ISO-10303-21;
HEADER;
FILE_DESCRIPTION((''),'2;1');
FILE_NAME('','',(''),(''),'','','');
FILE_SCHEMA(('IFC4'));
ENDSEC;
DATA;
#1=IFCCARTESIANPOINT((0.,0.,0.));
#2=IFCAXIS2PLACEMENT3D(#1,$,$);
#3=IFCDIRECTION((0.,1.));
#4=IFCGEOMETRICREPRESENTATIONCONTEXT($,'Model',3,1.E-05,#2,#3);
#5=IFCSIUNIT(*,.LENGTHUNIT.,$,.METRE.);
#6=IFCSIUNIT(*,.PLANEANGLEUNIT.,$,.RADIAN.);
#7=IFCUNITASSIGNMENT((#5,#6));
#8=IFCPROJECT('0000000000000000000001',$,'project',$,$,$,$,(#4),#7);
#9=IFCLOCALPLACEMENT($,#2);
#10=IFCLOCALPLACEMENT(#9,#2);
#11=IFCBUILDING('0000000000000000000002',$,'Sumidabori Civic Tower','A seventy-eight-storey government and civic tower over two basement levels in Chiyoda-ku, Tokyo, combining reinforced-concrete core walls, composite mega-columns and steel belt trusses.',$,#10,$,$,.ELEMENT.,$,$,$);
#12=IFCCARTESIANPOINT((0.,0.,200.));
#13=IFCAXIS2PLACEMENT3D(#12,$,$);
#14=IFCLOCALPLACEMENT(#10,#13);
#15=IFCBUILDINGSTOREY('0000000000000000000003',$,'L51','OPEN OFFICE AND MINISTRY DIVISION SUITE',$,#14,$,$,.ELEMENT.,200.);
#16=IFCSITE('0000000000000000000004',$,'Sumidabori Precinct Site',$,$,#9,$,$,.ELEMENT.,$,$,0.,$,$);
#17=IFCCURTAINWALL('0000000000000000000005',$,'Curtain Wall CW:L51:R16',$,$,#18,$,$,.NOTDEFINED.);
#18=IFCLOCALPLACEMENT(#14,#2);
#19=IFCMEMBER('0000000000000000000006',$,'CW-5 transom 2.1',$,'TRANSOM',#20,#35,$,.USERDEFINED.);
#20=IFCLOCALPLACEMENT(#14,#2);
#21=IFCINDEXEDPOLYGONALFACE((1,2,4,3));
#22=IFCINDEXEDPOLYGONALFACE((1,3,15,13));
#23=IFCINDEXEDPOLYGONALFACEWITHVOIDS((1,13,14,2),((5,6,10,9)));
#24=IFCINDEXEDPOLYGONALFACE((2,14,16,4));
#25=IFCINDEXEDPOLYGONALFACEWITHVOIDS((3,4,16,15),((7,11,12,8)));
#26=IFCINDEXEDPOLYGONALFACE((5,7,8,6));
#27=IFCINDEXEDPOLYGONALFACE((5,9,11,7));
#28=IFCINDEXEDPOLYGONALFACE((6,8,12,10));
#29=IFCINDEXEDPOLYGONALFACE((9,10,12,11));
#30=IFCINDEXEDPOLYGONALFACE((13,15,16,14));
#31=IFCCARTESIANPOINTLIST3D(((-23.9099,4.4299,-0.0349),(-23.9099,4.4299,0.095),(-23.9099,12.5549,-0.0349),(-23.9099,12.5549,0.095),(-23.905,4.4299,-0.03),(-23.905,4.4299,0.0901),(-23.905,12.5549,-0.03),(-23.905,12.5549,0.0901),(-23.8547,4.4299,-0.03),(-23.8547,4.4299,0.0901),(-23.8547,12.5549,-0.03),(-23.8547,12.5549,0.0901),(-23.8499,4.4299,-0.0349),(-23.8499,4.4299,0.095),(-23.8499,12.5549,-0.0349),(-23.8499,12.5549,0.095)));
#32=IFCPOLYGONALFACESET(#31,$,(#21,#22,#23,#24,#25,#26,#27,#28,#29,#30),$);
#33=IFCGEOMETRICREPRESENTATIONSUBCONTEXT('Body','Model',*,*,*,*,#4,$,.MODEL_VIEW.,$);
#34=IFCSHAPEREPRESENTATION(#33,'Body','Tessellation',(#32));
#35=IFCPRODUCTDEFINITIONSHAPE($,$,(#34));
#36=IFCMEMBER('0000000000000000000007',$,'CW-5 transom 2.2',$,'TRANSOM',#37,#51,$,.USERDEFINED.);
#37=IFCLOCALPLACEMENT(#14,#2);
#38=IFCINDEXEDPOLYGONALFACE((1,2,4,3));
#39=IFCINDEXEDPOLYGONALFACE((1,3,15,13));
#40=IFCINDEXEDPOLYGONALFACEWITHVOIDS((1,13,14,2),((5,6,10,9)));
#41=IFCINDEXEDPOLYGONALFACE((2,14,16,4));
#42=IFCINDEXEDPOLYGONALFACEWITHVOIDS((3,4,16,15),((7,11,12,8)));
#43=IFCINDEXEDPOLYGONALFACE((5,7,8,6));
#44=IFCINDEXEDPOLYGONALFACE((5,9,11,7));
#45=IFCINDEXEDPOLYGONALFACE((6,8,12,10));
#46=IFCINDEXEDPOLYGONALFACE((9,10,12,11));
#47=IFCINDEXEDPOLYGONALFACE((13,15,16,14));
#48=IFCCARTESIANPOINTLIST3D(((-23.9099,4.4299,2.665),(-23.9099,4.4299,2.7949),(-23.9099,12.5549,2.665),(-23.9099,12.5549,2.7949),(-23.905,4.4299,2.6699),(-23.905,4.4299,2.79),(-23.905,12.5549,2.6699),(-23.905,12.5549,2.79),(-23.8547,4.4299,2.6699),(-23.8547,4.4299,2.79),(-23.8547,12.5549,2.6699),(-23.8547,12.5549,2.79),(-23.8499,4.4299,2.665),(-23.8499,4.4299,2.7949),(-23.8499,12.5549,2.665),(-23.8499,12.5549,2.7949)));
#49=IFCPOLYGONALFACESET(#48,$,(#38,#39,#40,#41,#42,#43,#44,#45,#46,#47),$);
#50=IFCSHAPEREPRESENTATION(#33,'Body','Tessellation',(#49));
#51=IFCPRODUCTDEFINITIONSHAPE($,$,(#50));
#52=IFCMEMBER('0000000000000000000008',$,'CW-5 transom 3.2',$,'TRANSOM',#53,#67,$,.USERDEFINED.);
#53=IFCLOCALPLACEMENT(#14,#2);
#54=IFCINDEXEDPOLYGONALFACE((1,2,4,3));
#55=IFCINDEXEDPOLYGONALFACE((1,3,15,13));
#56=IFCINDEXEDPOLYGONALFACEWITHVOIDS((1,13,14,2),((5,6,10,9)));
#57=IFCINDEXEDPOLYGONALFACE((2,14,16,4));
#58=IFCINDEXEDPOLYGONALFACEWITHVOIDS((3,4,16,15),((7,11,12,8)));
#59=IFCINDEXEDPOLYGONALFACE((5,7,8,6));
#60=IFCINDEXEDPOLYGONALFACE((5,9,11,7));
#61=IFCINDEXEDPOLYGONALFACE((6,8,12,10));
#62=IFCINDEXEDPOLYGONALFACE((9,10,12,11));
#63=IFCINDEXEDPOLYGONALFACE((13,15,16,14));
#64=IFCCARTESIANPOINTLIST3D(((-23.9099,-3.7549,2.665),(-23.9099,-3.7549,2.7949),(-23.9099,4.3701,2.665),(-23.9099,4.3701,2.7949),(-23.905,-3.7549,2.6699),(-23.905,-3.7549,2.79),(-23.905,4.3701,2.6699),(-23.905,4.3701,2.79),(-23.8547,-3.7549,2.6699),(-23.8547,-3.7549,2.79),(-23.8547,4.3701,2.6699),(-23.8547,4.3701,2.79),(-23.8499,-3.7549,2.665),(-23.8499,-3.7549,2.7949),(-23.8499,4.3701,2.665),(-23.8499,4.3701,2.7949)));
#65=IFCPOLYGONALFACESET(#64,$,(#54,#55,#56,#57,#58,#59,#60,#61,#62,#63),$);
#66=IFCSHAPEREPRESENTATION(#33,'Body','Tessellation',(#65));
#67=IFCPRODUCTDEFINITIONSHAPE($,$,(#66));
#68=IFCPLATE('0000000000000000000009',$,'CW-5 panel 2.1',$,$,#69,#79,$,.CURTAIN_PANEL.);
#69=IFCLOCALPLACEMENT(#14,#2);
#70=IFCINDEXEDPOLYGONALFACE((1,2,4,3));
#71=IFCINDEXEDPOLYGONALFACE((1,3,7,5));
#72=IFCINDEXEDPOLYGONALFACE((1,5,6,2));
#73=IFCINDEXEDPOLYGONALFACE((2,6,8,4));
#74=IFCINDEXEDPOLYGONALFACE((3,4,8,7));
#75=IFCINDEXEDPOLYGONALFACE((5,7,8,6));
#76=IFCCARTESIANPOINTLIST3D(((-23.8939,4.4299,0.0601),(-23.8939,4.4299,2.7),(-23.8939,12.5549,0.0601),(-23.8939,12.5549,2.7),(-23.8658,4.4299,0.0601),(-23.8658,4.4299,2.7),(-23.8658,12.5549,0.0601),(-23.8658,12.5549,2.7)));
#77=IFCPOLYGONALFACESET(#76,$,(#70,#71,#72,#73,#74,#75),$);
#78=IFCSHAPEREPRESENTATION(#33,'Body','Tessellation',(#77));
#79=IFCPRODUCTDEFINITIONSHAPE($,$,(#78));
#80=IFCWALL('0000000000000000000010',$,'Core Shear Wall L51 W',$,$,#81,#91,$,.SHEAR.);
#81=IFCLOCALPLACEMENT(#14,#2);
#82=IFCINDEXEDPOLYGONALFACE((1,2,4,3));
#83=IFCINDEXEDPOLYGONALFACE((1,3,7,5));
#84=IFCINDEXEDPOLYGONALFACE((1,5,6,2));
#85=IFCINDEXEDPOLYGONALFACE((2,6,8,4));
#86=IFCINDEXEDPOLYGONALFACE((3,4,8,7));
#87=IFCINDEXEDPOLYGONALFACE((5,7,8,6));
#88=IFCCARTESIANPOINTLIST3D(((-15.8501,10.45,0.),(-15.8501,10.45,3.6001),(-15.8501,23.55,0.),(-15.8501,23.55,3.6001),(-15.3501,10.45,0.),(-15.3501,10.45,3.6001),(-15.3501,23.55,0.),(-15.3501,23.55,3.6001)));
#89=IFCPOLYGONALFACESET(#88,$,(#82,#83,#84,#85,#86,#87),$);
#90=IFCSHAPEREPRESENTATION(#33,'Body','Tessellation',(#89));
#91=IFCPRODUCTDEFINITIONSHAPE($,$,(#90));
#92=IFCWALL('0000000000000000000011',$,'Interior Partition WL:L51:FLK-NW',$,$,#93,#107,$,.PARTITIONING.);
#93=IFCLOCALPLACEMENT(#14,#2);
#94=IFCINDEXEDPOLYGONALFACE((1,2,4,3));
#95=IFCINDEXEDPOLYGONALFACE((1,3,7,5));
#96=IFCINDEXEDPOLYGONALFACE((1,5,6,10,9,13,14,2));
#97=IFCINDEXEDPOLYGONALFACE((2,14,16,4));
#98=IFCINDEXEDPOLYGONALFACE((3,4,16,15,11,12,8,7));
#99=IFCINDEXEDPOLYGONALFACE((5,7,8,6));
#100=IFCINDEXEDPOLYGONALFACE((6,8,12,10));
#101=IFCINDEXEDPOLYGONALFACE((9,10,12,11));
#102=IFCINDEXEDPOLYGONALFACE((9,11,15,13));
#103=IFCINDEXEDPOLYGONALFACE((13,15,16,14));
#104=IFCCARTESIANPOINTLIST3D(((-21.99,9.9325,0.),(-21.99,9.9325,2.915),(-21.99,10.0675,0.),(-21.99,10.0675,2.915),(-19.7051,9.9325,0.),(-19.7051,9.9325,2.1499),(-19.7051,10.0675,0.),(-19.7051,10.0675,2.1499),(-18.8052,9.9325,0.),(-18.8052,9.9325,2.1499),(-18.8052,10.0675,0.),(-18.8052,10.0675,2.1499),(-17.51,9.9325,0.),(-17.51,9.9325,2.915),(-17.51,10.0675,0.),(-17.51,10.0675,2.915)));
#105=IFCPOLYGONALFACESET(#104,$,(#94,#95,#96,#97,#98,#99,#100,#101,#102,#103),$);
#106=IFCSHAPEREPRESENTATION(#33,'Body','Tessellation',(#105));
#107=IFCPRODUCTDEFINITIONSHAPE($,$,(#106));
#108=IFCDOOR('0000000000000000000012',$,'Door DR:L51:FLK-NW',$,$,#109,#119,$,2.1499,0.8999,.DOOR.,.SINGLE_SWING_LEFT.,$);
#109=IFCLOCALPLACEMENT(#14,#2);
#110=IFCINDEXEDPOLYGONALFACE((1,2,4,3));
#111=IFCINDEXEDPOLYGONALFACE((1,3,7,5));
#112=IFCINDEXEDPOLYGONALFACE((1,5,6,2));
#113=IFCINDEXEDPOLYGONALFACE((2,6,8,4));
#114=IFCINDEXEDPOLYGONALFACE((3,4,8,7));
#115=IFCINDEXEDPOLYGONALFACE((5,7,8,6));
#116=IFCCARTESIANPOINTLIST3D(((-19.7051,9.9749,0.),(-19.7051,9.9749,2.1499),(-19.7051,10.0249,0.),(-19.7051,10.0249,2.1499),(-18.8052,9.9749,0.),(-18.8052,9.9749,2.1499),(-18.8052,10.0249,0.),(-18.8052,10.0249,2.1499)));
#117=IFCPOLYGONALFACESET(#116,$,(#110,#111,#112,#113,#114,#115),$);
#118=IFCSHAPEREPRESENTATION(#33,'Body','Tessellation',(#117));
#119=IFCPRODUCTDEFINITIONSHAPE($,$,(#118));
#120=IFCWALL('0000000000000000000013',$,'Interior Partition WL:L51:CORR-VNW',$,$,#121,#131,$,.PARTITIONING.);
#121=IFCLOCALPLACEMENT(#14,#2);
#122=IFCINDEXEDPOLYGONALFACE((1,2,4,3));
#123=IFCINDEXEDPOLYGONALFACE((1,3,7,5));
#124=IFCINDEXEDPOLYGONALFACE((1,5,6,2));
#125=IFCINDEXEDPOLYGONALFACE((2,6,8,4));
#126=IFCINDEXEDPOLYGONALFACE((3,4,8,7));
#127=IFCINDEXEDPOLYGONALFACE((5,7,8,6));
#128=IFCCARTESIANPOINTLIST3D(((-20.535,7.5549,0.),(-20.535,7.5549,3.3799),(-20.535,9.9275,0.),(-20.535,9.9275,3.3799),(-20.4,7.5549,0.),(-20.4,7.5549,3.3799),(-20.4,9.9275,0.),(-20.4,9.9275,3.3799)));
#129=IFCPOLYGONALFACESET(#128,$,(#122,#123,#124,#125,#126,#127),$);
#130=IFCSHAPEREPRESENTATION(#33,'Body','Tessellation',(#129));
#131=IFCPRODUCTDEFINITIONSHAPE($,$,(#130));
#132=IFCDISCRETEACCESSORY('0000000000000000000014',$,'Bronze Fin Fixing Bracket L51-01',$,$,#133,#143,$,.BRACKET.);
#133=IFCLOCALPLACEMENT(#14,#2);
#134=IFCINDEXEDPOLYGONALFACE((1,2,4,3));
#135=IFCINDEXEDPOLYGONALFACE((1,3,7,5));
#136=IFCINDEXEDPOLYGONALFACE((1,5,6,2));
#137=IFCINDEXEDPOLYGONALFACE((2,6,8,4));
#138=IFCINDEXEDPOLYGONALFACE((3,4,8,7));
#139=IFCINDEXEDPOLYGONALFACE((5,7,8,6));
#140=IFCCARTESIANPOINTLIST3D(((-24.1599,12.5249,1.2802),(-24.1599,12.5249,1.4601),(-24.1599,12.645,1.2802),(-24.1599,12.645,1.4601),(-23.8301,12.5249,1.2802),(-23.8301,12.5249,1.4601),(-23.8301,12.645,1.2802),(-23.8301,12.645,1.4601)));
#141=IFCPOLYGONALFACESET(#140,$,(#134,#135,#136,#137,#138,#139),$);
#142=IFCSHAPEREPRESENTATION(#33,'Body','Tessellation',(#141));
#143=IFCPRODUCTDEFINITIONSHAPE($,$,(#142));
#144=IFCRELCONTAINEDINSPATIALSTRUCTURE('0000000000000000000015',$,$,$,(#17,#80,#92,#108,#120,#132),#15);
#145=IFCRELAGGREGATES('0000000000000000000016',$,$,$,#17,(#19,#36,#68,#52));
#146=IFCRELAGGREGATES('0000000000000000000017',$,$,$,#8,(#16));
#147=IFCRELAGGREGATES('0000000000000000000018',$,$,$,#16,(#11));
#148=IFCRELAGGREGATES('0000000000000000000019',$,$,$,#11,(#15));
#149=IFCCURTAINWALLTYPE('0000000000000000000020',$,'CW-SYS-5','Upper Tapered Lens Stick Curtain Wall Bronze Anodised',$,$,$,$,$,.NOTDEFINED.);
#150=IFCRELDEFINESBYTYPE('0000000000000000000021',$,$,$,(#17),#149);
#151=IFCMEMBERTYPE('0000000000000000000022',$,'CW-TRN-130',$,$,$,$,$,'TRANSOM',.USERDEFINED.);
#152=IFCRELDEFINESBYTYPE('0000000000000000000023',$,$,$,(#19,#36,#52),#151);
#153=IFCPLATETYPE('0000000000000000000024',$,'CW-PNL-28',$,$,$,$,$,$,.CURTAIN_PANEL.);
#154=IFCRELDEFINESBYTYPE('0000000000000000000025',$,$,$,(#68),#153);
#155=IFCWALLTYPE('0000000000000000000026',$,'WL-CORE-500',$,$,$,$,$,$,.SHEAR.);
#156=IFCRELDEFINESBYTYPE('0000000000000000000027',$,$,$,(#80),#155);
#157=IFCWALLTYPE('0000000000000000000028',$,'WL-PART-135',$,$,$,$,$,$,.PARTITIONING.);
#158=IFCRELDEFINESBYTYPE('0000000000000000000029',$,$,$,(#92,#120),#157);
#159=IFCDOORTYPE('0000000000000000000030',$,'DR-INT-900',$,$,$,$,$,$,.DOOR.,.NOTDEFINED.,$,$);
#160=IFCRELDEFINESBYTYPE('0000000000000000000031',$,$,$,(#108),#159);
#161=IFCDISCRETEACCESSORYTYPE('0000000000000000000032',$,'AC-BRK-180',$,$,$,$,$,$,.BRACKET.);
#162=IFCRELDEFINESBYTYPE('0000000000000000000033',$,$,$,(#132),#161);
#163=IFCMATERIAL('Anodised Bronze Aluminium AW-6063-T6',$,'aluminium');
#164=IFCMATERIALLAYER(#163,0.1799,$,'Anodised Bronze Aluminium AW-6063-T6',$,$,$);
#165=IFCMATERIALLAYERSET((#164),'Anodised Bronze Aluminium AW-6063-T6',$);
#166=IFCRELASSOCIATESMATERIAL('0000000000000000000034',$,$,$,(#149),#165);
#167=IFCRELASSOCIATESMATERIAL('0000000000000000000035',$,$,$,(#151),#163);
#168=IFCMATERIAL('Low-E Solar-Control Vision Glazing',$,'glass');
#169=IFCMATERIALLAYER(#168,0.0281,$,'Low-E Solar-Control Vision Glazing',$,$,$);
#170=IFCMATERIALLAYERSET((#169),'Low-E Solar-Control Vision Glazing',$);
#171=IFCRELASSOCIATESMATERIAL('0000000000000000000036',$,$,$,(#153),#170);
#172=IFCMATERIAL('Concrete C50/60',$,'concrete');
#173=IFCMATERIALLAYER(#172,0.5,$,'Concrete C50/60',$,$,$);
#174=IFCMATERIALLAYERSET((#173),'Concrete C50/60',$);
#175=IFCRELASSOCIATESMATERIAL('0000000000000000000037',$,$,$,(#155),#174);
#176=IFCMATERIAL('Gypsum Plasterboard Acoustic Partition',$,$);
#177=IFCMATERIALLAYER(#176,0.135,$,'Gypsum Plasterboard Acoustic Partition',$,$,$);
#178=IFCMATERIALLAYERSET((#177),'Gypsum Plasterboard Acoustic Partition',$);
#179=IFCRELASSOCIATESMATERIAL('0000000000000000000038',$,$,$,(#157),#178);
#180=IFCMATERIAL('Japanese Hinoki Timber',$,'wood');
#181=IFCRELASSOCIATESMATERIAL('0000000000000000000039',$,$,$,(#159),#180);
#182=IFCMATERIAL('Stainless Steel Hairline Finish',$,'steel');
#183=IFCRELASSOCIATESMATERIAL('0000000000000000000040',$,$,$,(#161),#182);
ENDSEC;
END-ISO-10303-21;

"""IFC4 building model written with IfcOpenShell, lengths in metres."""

from ifc_helpers import new_model, si_unit, direction, frame, frame_2d, origin, origin_2d, place, context, subcontext, project, spatial, rectangle, hollow_rectangle, extrude, source, transform, mapped, material, layer, layer_set, material_profile, profile_set, type_object, element, fill, aggregate, save


model = new_model("IFC4")

# Units and contexts
model_context = context("Model", 3, precision=1e-05, world=origin(), true_north=direction((0.0, 1.0)))
body_context = subcontext(model_context, "Body", "Model", "MODEL_VIEW")
ifc_project = project(units=[si_unit("LENGTHUNIT", "METRE"), si_unit("PLANEANGLEUNIT", "RADIAN")], contexts=[model_context])

# Site, building, storey
site_placement = place(None, origin())
site = spatial("IfcSite", under=ifc_project, at=site_placement, Name="Sumidabori Precinct Site", CompositionType="ELEMENT", RefElevation=0.0)
building_placement = place(site_placement, origin())
building = spatial("IfcBuilding", under=site, at=building_placement, Name="Sumidabori Civic Tower", Description="A seventy-eight-storey government and civic tower over two basement levels in Chiyoda-ku, Tokyo, combining reinforced-concrete core walls, composite mega-columns and steel belt trusses.", CompositionType="ELEMENT")
storey_placement = place(building_placement, frame((0.0, 0.0, 200.0)))
storey = spatial("IfcBuildingStorey", under=building, at=storey_placement, Name="L51", Description="OPEN OFFICE AND MINISTRY DIVISION SUITE", CompositionType="ELEMENT", Elevation=200.0)

# Curtain wall, members, plate
ifc_material_1 = material(Name="Anodised Bronze Aluminium AW-6063-T6", Category="aluminium")
ifc_layer_1 = layer(ifc_material_1, 0.1799, Name="Anodised Bronze Aluminium AW-6063-T6")
ifc_layer_set_1 = layer_set([ifc_layer_1], Name="Anodised Bronze Aluminium AW-6063-T6")
curtain_wall_type = type_object("IfcCurtainWallType", Name="CW-SYS-5", Description="Upper Tapered Lens Stick Curtain Wall Bronze Anodised", PredefinedType="NOTDEFINED", material=ifc_layer_set_1)
curtain_wall_placement = place(storey_placement, origin())
curtain_wall = element("IfcCurtainWall", 1, at=curtain_wall_placement, inside=storey, type_object=curtain_wall_type, Name="Curtain Wall CW:L51:R16", PredefinedType="NOTDEFINED")
ifc_material_profile_1 = material_profile(ifc_material_1, hollow_rectangle(XDim=0.0601, YDim=0.1299, WallThickness=0.0049, at=origin_2d()), Name="ALU TRANSOM 130x60")
ifc_profile_set_1 = profile_set([ifc_material_profile_1], Name="Anodised Bronze Aluminium AW-6063-T6")
member_type_1 = type_object("IfcMemberType", Name="CW-TRN-130", ElementType="TRANSOM", PredefinedType="USERDEFINED", material=ifc_profile_set_1)
shared_shape_1 = source(origin(), body_context, "Body", "SweptSolid", [
    extrude(hollow_rectangle(XDim=0.0601, YDim=0.1299, WallThickness=0.0049, at=origin_2d()), origin(), (0.0, 0.0, 1.0), 8.125),
])
member_1_placement = place(storey_placement, frame((-23.8799, 12.5549, 0.03), z_axis=(0.0, -1.0, 0.0), x_axis=(1.0, 0.0, 0.0)))
member_1 = element("IfcMember", 2, at=member_1_placement, type_object=member_type_1, Name="CW-5 transom 2.1", ObjectType="TRANSOM", PredefinedType="USERDEFINED", context=body_context, shape_type="MappedRepresentation", body=[
    mapped(shared_shape_1, transform((0.0, 0.0, 0.0), x_axis=(1.0, 0.0, 0.0), y_axis=(0.0, 1.0, 0.0), z_axis=(0.0, 0.0, 1.0), scale=1.0)),
])
member_2_placement = place(storey_placement, frame((-23.8799, 12.5549, 2.73), z_axis=(0.0, -1.0, 0.0), x_axis=(1.0, 0.0, 0.0)))
member_2 = element("IfcMember", 3, at=member_2_placement, type_object=member_type_1, Name="CW-5 transom 2.2", ObjectType="TRANSOM", PredefinedType="USERDEFINED", context=body_context, shape_type="MappedRepresentation", body=[
    mapped(shared_shape_1, transform((0.0, 0.0, 0.0), x_axis=(1.0, 0.0, 0.0), y_axis=(0.0, 1.0, 0.0), z_axis=(0.0, 0.0, 1.0), scale=1.0)),
])
member_3_placement = place(storey_placement, frame((-23.8799, 4.3701, 2.73), z_axis=(0.0, -1.0, 0.0), x_axis=(1.0, 0.0, 0.0)))
member_3 = element("IfcMember", 4, at=member_3_placement, type_object=member_type_1, Name="CW-5 transom 3.2", ObjectType="TRANSOM", PredefinedType="USERDEFINED", context=body_context, shape_type="MappedRepresentation", body=[
    mapped(shared_shape_1, transform((0.0, 0.0, 0.0), x_axis=(1.0, 0.0, 0.0), y_axis=(0.0, 1.0, 0.0), z_axis=(0.0, 0.0, 1.0), scale=1.0)),
])
ifc_material_2 = material(Name="Low-E Solar-Control Vision Glazing", Category="glass")
ifc_layer_2 = layer(ifc_material_2, 0.0281, Name="Low-E Solar-Control Vision Glazing")
ifc_layer_set_2 = layer_set([ifc_layer_2], Name="Low-E Solar-Control Vision Glazing")
plate_type = type_object("IfcPlateType", Name="CW-PNL-28", PredefinedType="CURTAIN_PANEL", material=ifc_layer_set_2)
shared_shape_2 = source(origin(), body_context, "Body", "SweptSolid", [
    extrude(rectangle(XDim=8.125, YDim=0.0281, at=origin_2d()), origin(), (0.0, 0.0, 1.0), 2.6399),
])
plate_placement = place(storey_placement, frame((-23.8799, 8.4924, 0.0601), z_axis=(0.0, 0.0, 1.0), x_axis=(0.0, -1.0, 0.0)))
plate = element("IfcPlate", 5, at=plate_placement, type_object=plate_type, Name="CW-5 panel 2.1", PredefinedType="CURTAIN_PANEL", context=body_context, shape_type="MappedRepresentation", body=[
    mapped(shared_shape_2, transform((0.0, 0.0, 0.0), x_axis=(1.0, 0.0, 0.0), y_axis=(0.0, 1.0, 0.0), z_axis=(0.0, 0.0, 1.0), scale=1.0)),
])
aggregate(curtain_wall, [member_1, member_2, plate, member_3])

# Shared definitions
ifc_material_3 = material(Name="Concrete C50/60", Category="concrete")
ifc_layer_3 = layer(ifc_material_3, 0.5, Name="Concrete C50/60")
ifc_layer_set_3 = layer_set([ifc_layer_3], Name="Concrete C50/60")
wall_type_1 = type_object("IfcWallType", Name="WL-CORE-500", PredefinedType="SHEAR", material=ifc_layer_set_3)

# Wall
shared_shape_3 = source(origin(), body_context, "Body", "SweptSolid", [
    extrude(rectangle(XDim=13.1001, YDim=0.5, at=frame_2d((6.55, 0.0))), origin(), (0.0, 0.0, 1.0), 3.6001),
])
wall_1_placement = place(storey_placement, frame((-15.6001, 10.45, 0.0), z_axis=(0.0, 0.0, 1.0), x_axis=(0.0, 1.0, 0.0)))
element("IfcWall", 6, at=wall_1_placement, inside=storey, type_object=wall_type_1, Name="Core Shear Wall L51 W", PredefinedType="SHEAR", context=body_context, shape_type="MappedRepresentation", body=[
    mapped(shared_shape_3, transform((0.0, 0.0, 0.0), x_axis=(1.0, 0.0, 0.0), y_axis=(0.0, 1.0, 0.0), z_axis=(0.0, 0.0, 1.0), scale=1.0)),
])

# Wall, opening, door
ifc_material_4 = material(Name="Gypsum Plasterboard Acoustic Partition")
ifc_layer_4 = layer(ifc_material_4, 0.135, Name="Gypsum Plasterboard Acoustic Partition")
ifc_layer_set_4 = layer_set([ifc_layer_4], Name="Gypsum Plasterboard Acoustic Partition")
wall_type_2 = type_object("IfcWallType", Name="WL-PART-135", PredefinedType="PARTITIONING", material=ifc_layer_set_4)
shared_shape_4 = source(origin(), body_context, "Body", "SweptSolid", [
    extrude(rectangle(XDim=4.48, YDim=0.135, at=frame_2d((2.24, 0.0))), origin(), (0.0, 0.0, 1.0), 2.915),
])
wall_2_placement = place(storey_placement, frame((-21.99, 10.0, 0.0), z_axis=(0.0, 0.0, 1.0), x_axis=(1.0, 0.0, 0.0)))
wall_2 = element("IfcWall", 7, at=wall_2_placement, inside=storey, type_object=wall_type_2, Name="Interior Partition WL:L51:FLK-NW", PredefinedType="PARTITIONING", context=body_context, shape_type="MappedRepresentation", body=[
    mapped(shared_shape_4, transform((0.0, 0.0, 0.0), x_axis=(1.0, 0.0, 0.0), y_axis=(0.0, 1.0, 0.0), z_axis=(0.0, 0.0, 1.0), scale=1.0)),
])
opening_1_placement = place(wall_2_placement, frame((2.2849, 0.0, 0.0)))
opening_1 = element("IfcOpeningElement", 8, at=opening_1_placement, cuts=wall_2, PredefinedType="OPENING", context=body_context, shape_type="SweptSolid", body=[
    extrude(rectangle(XDim=0.8999, YDim=2.1499, at=frame_2d((0.45, 1.075))), frame((0.0, 0.0796, 0.0), z_axis=(0.0, -1.0, 0.0), x_axis=(1.0, 0.0, 0.0)), (0.0, 0.0, 1.0), 0.1589),
])
ifc_material_5 = material(Name="Japanese Hinoki Timber", Category="wood")
door_type_1 = type_object("IfcDoorType", Name="DR-INT-900", OperationType="NOTDEFINED", PredefinedType="DOOR", material=ifc_material_5)
shared_shape_5 = source(origin(), body_context, "Body", "SweptSolid", [
    extrude(rectangle(XDim=0.8999, YDim=2.1499, at=frame_2d((0.45, 1.075))), frame((0.0, 0.0249, 0.0), z_axis=(0.0, -1.0, 0.0), x_axis=(1.0, 0.0, 0.0)), (0.0, 0.0, 1.0), 0.05),
])
door_1_placement = place(opening_1_placement, origin())
door_1 = element("IfcDoor", 9, at=door_1_placement, inside=storey, type_object=door_type_1, Name="Door DR:L51:FLK-NW", OperationType="SINGLE_SWING_LEFT", OverallHeight=2.1499, OverallWidth=0.8999, PredefinedType="DOOR", context=body_context, shape_type="MappedRepresentation", body=[
    mapped(shared_shape_5, transform((0.0, 0.0, 0.0), x_axis=(1.0, 0.0, 0.0), y_axis=(0.0, 1.0, 0.0), z_axis=(0.0, 0.0, 1.0), scale=1.0)),
])
fill(opening_1, door_1)

# Wall
shared_shape_6 = source(origin(), body_context, "Body", "SweptSolid", [
    extrude(rectangle(XDim=2.3726, YDim=0.135, at=frame_2d((1.1863, 0.0))), origin(), (0.0, 0.0, 1.0), 3.3799),
])
wall_3_placement = place(storey_placement, frame((-20.4675, 7.5549, 0.0), z_axis=(0.0, 0.0, 1.0), x_axis=(0.0, 1.0, 0.0)))
element("IfcWall", 10, at=wall_3_placement, inside=storey, type_object=wall_type_2, Name="Interior Partition WL:L51:CORR-VNW", PredefinedType="PARTITIONING", context=body_context, shape_type="MappedRepresentation", body=[
    mapped(shared_shape_6, transform((0.0, 0.0, 0.0), x_axis=(1.0, 0.0, 0.0), y_axis=(0.0, 1.0, 0.0), z_axis=(0.0, 0.0, 1.0), scale=1.0)),
])

# Discrete accessory
ifc_material_6 = material(Name="Stainless Steel Hairline Finish", Category="steel")
ifc_material_profile_2 = material_profile(ifc_material_6, rectangle(XDim=0.1201, YDim=0.1799, at=origin_2d()), Name="STEEL BRACKET 180x120")
ifc_profile_set_2 = profile_set([ifc_material_profile_2], Name="Stainless Steel Hairline Finish")
discrete_accessory_type = type_object("IfcDiscreteAccessoryType", Name="AC-BRK-180", PredefinedType="BRACKET", material=ifc_profile_set_2)
shared_shape_7 = source(origin(), body_context, "Body", "SweptSolid", [
    extrude(rectangle(XDim=0.1201, YDim=0.1799, at=origin_2d()), origin(), (0.0, 0.0, 1.0), 0.3298),
])
discrete_accessory_placement = place(storey_placement, frame((-23.8301, 12.585, 1.3701), z_axis=(-1.0, 0.0, 0.0), x_axis=(0.0, -1.0, 0.0)))
element("IfcDiscreteAccessory", 11, at=discrete_accessory_placement, inside=storey, type_object=discrete_accessory_type, Name="Bronze Fin Fixing Bracket L51-01", PredefinedType="BRACKET", context=body_context, shape_type="MappedRepresentation", body=[
    mapped(shared_shape_7, transform((0.0, 0.0, 0.0), x_axis=(1.0, 0.0, 0.0), y_axis=(0.0, 1.0, 0.0), z_axis=(0.0, 0.0, 1.0), scale=1.0)),
])

save(model, "model.ifc")
